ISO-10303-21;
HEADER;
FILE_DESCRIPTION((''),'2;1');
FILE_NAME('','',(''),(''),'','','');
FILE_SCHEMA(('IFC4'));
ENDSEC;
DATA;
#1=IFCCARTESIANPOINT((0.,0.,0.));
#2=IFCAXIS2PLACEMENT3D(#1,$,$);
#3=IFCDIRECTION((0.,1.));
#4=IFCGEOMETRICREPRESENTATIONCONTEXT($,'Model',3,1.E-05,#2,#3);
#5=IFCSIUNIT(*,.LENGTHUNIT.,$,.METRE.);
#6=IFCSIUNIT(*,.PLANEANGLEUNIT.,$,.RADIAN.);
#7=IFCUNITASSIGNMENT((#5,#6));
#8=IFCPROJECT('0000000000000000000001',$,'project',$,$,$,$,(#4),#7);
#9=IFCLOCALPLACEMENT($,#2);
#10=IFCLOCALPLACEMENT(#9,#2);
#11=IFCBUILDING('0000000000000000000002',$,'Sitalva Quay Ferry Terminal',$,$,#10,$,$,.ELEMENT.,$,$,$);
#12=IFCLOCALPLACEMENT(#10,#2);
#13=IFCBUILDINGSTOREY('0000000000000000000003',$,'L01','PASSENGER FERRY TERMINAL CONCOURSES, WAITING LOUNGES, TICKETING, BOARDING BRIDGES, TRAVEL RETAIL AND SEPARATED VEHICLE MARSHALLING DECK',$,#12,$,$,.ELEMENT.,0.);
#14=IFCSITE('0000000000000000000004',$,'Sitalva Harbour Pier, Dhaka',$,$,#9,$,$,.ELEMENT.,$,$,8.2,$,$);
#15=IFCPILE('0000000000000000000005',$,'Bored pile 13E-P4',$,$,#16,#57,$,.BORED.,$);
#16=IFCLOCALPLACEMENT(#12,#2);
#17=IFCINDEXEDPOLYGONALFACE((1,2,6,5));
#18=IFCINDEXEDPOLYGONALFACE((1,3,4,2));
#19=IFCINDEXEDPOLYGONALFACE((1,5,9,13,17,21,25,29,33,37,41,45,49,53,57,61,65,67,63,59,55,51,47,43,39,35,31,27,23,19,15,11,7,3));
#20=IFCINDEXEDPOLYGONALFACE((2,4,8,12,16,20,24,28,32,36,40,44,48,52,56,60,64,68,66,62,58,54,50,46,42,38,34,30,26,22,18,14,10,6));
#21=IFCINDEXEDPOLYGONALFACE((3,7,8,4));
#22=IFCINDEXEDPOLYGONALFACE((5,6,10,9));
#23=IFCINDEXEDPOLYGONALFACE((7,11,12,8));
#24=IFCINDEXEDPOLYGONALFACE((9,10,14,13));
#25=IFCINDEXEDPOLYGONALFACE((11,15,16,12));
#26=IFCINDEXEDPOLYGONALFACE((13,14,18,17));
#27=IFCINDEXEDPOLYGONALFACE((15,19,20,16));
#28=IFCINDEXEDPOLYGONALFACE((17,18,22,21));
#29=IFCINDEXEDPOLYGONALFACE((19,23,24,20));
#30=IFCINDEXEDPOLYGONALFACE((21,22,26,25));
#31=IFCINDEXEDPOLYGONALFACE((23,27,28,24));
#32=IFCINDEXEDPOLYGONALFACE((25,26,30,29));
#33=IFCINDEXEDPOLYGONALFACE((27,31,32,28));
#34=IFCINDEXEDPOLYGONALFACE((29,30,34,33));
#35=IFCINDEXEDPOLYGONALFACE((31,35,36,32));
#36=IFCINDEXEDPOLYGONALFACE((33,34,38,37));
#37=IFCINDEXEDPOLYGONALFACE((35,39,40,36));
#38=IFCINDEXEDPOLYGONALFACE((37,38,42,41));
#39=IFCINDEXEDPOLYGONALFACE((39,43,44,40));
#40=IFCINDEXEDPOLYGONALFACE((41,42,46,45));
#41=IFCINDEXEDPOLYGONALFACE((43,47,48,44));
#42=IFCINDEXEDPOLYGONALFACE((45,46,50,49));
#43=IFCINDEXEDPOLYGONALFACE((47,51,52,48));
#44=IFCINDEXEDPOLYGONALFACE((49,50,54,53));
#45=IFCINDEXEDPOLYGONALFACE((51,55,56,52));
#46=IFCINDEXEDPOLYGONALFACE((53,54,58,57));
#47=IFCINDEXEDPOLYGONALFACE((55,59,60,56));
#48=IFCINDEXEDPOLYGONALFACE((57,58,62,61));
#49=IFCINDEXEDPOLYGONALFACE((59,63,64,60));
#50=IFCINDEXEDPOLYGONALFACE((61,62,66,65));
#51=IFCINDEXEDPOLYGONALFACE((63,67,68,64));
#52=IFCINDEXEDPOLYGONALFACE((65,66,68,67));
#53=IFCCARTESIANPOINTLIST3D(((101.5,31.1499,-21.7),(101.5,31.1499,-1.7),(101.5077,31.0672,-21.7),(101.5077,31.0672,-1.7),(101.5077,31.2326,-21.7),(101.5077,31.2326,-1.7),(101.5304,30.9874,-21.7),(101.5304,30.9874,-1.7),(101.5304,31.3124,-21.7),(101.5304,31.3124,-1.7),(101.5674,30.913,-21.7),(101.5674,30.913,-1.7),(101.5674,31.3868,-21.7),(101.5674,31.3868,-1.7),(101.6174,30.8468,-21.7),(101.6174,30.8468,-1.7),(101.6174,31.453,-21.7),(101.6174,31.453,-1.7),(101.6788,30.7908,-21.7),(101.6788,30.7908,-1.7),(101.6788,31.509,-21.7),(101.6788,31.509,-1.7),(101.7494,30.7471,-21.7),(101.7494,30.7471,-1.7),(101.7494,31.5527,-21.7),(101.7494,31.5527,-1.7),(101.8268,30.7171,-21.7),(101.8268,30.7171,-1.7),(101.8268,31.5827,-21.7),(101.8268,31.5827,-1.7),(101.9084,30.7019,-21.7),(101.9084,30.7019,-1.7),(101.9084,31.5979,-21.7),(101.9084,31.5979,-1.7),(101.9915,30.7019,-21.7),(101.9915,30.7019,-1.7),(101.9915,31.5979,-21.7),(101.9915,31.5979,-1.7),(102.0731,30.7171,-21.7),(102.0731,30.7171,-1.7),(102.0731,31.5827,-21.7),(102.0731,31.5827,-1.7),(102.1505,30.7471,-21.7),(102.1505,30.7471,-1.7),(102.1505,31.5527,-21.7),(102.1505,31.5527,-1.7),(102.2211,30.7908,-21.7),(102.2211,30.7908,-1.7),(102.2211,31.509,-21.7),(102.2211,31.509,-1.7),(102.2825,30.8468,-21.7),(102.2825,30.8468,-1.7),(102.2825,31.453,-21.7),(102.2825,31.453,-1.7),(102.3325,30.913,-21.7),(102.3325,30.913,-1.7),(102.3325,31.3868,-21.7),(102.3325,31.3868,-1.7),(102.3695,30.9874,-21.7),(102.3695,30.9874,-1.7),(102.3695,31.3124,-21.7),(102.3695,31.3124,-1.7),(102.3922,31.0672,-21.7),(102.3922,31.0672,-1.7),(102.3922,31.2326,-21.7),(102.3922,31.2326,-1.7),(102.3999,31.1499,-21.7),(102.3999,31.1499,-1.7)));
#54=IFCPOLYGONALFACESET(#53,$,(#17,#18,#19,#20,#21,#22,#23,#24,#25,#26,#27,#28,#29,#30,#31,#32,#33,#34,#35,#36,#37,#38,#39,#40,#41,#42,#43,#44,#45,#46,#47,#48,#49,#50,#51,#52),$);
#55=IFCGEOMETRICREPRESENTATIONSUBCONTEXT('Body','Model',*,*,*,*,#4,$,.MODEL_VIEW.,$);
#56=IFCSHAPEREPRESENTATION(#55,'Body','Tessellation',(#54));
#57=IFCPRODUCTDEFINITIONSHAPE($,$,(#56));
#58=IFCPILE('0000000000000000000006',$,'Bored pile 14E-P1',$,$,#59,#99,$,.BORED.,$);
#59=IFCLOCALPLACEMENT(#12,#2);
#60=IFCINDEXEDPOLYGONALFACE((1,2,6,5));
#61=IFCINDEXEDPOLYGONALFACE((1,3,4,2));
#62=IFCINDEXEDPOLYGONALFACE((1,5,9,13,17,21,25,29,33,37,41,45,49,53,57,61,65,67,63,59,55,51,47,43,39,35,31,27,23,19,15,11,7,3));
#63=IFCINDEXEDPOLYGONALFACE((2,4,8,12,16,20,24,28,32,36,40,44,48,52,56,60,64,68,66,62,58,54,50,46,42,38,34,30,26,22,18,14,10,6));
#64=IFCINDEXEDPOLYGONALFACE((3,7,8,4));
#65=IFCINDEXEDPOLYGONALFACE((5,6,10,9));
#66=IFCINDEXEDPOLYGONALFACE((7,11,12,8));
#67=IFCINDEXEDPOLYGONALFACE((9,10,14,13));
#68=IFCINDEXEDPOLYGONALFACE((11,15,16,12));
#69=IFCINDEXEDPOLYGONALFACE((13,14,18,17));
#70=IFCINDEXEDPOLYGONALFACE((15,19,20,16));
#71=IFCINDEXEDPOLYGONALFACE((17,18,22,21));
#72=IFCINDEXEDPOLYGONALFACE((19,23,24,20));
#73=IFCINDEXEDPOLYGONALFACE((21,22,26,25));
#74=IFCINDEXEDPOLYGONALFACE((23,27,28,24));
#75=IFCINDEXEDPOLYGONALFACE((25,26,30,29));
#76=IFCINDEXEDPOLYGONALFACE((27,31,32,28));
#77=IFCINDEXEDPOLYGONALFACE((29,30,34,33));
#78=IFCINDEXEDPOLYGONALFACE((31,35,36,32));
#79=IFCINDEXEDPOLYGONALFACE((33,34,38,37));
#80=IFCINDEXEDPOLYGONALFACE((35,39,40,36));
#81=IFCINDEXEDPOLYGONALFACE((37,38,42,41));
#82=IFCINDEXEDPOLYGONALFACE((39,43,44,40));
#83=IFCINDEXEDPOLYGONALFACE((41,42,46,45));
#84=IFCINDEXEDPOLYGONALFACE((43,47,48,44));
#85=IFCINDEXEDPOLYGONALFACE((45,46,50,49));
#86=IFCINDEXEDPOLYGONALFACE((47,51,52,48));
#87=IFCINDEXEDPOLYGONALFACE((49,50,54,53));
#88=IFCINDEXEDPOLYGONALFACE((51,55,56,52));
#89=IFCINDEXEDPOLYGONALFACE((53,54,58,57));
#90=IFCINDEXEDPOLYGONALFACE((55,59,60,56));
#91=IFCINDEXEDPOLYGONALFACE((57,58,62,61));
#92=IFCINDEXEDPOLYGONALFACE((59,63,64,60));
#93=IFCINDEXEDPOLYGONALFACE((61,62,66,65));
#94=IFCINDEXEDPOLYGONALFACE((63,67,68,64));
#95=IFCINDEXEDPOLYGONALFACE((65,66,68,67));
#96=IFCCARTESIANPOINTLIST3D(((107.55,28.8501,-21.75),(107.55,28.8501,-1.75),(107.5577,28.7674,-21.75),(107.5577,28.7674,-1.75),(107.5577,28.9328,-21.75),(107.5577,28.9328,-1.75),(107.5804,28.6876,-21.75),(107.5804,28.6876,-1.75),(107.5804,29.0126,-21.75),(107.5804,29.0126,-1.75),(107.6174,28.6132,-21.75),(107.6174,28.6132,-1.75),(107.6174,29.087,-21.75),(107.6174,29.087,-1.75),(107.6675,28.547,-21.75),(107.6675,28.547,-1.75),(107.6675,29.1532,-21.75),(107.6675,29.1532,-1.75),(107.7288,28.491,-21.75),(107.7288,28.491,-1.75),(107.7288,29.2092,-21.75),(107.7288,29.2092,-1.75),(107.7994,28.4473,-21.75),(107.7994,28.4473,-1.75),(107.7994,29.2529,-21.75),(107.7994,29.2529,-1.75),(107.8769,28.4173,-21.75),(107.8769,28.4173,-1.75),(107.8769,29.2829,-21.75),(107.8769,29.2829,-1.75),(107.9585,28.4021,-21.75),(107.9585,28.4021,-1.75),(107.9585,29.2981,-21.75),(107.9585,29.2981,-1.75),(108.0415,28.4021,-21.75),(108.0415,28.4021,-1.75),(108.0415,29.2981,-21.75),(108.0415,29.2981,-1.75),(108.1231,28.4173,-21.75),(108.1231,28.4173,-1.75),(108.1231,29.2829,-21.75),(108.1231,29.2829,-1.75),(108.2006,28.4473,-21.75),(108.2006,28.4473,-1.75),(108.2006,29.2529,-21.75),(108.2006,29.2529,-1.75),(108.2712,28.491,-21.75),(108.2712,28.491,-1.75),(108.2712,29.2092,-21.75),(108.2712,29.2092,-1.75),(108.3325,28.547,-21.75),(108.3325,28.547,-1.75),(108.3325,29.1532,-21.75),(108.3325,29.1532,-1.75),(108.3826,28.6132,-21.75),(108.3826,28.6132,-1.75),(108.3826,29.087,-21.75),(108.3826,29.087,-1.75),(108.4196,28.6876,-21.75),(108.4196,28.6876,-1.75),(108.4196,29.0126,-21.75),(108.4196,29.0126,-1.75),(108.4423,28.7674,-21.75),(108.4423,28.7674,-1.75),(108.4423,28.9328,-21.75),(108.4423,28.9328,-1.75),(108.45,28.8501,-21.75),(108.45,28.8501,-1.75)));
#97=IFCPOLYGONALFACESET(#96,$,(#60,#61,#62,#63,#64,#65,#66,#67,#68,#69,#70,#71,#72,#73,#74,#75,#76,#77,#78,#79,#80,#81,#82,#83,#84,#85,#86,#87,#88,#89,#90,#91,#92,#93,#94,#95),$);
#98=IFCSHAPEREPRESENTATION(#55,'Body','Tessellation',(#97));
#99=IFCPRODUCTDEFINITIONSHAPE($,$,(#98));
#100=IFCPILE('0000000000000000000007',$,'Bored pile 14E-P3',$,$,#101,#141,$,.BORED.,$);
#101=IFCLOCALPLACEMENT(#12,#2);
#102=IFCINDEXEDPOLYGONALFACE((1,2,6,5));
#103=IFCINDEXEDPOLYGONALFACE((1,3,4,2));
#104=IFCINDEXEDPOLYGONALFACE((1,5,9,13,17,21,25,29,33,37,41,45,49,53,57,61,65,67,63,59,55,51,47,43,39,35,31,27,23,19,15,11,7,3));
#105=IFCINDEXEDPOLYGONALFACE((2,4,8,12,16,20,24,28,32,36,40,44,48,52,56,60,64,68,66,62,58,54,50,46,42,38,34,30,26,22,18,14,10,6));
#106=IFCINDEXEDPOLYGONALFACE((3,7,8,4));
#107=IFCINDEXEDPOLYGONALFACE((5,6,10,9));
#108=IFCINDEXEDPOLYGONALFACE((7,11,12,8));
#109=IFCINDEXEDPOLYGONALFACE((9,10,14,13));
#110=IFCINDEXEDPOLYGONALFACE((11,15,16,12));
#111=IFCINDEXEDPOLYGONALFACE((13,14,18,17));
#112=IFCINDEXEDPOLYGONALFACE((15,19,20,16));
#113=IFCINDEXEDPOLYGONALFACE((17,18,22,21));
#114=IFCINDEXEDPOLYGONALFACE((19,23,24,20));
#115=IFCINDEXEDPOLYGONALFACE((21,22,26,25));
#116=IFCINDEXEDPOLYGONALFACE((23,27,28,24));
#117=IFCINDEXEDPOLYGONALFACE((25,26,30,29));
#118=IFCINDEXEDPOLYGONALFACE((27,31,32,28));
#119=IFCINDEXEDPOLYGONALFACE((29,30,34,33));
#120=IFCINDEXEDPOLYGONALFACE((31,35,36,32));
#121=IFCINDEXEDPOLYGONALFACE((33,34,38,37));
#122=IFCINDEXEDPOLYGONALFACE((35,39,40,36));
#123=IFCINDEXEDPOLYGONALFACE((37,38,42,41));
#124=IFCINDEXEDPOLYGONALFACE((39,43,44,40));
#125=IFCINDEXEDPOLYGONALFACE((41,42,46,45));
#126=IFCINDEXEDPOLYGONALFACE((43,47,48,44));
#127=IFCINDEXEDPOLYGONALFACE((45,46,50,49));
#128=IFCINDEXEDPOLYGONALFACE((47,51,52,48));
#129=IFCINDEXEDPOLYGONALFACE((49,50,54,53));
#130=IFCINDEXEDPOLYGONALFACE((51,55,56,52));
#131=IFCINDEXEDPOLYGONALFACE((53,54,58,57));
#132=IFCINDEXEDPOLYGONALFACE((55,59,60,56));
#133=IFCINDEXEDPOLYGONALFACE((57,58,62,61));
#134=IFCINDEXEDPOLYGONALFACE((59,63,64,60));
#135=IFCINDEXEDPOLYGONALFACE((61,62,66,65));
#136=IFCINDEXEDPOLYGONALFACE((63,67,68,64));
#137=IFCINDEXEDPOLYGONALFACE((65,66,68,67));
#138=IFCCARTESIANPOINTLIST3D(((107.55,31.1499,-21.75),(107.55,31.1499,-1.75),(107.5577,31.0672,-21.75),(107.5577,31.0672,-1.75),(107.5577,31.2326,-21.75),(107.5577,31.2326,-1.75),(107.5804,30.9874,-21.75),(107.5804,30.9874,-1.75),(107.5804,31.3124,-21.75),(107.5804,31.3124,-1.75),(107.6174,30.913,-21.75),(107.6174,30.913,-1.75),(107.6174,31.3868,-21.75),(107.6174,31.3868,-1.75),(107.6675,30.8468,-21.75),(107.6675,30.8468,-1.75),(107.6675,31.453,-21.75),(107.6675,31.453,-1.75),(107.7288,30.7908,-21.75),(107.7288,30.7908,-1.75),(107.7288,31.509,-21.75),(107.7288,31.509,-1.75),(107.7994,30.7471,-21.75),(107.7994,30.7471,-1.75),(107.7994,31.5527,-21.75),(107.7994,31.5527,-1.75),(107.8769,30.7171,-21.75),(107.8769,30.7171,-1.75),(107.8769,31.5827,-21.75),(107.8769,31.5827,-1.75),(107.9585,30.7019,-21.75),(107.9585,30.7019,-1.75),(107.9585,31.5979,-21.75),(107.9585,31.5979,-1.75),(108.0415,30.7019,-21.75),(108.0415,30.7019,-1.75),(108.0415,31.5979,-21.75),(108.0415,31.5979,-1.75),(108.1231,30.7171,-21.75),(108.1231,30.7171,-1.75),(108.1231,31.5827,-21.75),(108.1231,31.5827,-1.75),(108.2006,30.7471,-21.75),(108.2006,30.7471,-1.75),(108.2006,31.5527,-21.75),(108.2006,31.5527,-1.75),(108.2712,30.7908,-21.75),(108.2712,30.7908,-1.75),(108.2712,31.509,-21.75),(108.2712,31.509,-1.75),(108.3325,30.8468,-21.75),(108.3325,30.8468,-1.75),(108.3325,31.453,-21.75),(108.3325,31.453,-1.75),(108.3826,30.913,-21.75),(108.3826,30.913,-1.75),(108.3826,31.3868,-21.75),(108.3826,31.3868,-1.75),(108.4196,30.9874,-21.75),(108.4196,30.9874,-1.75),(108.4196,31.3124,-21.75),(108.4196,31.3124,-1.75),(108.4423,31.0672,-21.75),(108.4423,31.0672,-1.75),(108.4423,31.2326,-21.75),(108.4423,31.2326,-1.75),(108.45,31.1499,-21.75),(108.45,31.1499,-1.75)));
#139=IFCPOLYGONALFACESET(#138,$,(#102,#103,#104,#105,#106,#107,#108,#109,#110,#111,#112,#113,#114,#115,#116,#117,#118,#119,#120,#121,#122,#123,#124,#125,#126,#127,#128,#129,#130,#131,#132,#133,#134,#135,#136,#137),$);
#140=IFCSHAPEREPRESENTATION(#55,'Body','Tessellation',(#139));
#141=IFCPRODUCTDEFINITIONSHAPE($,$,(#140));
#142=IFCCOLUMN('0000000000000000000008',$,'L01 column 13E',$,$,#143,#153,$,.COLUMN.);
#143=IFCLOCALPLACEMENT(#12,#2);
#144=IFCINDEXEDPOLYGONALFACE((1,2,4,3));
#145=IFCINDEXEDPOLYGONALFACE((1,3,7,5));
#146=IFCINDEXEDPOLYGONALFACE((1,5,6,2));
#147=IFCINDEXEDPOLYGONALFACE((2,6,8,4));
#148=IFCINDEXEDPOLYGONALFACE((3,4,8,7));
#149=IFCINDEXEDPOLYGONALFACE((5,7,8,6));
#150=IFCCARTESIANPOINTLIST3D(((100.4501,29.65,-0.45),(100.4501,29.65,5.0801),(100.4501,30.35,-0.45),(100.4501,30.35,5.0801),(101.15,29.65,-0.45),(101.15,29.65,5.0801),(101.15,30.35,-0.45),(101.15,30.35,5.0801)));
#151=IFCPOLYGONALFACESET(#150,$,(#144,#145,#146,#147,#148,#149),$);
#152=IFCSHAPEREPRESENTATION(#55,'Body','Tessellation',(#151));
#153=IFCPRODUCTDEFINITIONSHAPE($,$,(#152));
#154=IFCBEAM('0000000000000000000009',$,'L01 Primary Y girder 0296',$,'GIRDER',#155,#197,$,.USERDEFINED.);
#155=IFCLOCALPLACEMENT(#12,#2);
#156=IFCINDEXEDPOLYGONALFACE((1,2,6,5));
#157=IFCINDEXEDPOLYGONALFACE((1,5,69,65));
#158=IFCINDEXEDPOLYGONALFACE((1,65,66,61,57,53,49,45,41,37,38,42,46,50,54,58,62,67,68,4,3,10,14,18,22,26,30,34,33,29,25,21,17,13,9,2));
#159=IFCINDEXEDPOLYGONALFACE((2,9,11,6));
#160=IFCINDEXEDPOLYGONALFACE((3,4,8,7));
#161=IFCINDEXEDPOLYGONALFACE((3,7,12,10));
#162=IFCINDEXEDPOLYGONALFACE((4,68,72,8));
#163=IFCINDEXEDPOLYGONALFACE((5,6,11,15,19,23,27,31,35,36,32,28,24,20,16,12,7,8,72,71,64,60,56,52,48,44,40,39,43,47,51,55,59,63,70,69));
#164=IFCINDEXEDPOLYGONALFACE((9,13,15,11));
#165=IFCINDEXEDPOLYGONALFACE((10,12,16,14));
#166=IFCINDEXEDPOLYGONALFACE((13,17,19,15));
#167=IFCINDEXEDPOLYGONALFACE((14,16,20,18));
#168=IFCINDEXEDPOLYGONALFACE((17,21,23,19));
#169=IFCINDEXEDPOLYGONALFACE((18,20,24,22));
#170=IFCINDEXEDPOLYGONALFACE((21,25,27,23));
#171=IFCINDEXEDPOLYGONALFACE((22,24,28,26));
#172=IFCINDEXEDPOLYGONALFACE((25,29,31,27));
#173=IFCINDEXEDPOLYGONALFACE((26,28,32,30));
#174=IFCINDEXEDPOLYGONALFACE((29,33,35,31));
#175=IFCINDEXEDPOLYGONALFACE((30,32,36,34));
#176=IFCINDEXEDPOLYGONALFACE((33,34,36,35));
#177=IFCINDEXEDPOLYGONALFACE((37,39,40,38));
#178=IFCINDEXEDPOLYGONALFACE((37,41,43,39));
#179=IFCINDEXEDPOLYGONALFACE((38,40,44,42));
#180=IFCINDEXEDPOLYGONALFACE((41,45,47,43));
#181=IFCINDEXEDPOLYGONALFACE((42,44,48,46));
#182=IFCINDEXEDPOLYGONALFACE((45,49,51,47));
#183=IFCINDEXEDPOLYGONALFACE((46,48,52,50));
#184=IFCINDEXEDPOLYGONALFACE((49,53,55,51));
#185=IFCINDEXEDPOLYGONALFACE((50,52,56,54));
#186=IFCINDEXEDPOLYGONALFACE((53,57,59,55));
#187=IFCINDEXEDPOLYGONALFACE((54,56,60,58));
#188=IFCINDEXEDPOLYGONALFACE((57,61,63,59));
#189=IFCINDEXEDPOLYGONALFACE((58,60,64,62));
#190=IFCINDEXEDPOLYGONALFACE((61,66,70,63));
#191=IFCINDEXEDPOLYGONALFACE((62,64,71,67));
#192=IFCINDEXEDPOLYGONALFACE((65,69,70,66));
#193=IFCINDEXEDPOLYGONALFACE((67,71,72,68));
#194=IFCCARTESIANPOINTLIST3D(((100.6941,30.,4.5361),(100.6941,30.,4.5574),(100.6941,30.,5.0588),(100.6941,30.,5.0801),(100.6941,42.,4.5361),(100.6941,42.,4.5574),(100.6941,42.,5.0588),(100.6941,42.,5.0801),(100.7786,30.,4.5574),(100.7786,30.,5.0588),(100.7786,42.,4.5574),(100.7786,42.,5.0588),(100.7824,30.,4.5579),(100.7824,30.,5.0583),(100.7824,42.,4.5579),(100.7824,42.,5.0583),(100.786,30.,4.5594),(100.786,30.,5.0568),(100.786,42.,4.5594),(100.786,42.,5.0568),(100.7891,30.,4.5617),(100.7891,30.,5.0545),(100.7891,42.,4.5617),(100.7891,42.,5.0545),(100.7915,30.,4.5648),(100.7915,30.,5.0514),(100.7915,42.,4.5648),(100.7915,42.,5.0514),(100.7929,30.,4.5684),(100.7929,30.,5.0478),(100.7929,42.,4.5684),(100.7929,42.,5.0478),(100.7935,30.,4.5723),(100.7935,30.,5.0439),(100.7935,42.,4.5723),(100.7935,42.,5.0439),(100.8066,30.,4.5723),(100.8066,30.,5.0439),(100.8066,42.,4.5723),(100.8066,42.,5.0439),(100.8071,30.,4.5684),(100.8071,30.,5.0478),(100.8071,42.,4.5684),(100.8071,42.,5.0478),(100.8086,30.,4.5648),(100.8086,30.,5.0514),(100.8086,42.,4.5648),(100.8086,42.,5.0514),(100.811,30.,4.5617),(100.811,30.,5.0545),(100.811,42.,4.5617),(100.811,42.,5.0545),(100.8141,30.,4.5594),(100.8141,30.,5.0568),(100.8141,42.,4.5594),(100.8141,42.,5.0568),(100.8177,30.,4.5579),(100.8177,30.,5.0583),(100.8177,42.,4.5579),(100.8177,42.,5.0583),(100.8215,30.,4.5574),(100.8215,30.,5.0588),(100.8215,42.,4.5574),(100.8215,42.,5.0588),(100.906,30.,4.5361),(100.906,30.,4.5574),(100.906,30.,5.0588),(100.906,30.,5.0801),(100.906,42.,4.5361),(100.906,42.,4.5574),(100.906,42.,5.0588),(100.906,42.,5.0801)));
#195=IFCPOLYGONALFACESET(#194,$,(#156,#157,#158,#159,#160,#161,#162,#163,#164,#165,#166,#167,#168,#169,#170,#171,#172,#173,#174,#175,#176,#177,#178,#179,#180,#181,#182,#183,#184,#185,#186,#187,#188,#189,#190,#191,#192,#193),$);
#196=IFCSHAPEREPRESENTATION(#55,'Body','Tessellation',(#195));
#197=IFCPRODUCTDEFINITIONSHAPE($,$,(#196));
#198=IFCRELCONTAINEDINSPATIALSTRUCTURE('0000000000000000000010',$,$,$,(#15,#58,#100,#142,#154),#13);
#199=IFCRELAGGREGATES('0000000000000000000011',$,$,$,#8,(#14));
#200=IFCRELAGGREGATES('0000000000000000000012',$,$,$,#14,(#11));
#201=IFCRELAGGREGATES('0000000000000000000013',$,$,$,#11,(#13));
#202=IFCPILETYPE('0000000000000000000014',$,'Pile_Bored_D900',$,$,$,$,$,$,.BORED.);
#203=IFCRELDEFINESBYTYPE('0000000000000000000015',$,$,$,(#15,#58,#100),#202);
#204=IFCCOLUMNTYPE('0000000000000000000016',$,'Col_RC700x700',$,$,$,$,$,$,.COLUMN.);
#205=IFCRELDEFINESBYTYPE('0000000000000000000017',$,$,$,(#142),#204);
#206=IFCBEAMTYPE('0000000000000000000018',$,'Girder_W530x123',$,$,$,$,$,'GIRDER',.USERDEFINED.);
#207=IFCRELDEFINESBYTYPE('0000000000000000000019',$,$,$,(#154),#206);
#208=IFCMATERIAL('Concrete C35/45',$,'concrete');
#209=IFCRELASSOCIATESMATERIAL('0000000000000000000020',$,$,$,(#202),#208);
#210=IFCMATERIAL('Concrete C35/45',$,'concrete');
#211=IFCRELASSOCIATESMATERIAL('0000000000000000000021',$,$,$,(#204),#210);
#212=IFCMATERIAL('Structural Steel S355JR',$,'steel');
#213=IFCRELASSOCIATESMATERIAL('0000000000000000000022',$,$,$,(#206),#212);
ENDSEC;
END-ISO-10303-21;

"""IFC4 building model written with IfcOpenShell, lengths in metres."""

from ifc_helpers import new_model, si_unit, direction, frame, origin, origin_2d, place, context, subcontext, project, spatial, rectangle, circle, i_section, extrude, material, material_profile, profile_set, type_object, element, save


model = new_model("IFC4")

# Units and contexts
model_context = context("Model", 3, precision=1e-05, world=origin(), true_north=direction((0.0, 1.0)))
body_context = subcontext(model_context, "Body", "Model", "MODEL_VIEW")
ifc_project = project(units=[si_unit("LENGTHUNIT", "METRE"), si_unit("PLANEANGLEUNIT", "RADIAN")], contexts=[model_context])

# Site, building, storey
site_placement = place(None, origin())
site = spatial("IfcSite", under=ifc_project, at=site_placement, Name="Sitalva Harbour Pier, Dhaka", CompositionType="ELEMENT", RefElevation=8.2)
building_placement = place(site_placement, origin())
building = spatial("IfcBuilding", under=site, at=building_placement, Name="Sitalva Quay Ferry Terminal", CompositionType="ELEMENT")
storey_placement = place(building_placement, origin())
storey = spatial("IfcBuildingStorey", under=building, at=storey_placement, Name="L01", Description="PASSENGER FERRY TERMINAL CONCOURSES, WAITING LOUNGES, TICKETING, BOARDING BRIDGES, TRAVEL RETAIL AND SEPARATED VEHICLE MARSHALLING DECK", CompositionType="ELEMENT", Elevation=0.0)

# Piles
ifc_material_1 = material(Name="Concrete C35/45", Category="concrete")
ifc_material_profile_1 = material_profile(ifc_material_1, circle(Radius=0.45, at=origin_2d()), Name="PILE-D900")
ifc_profile_set_1 = profile_set([ifc_material_profile_1], Name="Concrete C35/45")
pile_type = type_object("IfcPileType", Name="Pile_Bored_D900", PredefinedType="BORED", material=ifc_profile_set_1)
for number, where, z_axis, x_axis, name in (
    (1, (101.95, 31.1499, -1.7), (0.0, 0.0, -1.0), (1.0, 0.0, 0.0), "Bored pile 13E-P4"),
    (2, (108.0, 28.8501, -1.75), (0.0, 0.0, -1.0), (1.0, 0.0, 0.0), "Bored pile 14E-P1"),
    (3, (108.0, 31.1499, -1.75), (0.0, 0.0, -1.0), (1.0, 0.0, 0.0), "Bored pile 14E-P3"),
):
    element("IfcPile", number, at=place(storey_placement, frame(where, z_axis=z_axis, x_axis=x_axis)), inside=storey, type_object=pile_type, Name=name, PredefinedType="BORED", context=body_context, shape_type="SweptSolid", body=[
        extrude(circle(Radius=0.45, at=origin_2d()), origin(), (0.0, 0.0, 1.0), 20.0),
    ])

# Column
ifc_material_2 = material(Name="Concrete C35/45", Category="concrete")
ifc_material_profile_2 = material_profile(ifc_material_2, rectangle(XDim=0.7, YDim=0.7, at=origin_2d()), Name="RC700x700")
ifc_profile_set_2 = profile_set([ifc_material_profile_2], Name="Concrete C35/45")
column_type = type_object("IfcColumnType", Name="Col_RC700x700", PredefinedType="COLUMN", material=ifc_profile_set_2)
column_placement = place(storey_placement, frame((100.8, 30.0, -0.45), z_axis=(0.0, 0.0, 1.0), x_axis=(1.0, 0.0, 0.0)))
element("IfcColumn", 4, at=column_placement, inside=storey, type_object=column_type, Name="L01 column 13E", PredefinedType="COLUMN", context=body_context, shape_type="SweptSolid", body=[
    extrude(rectangle(XDim=0.7, YDim=0.7, at=origin_2d()), origin(), (0.0, 0.0, 1.0), 5.53),
])

# Beam
ifc_material_3 = material(Name="Structural Steel S355JR", Category="steel")
ifc_material_profile_3 = material_profile(ifc_material_3, i_section(OverallWidth=0.2119, OverallDepth=0.5439, WebThickness=0.0132, FlangeThickness=0.0212, FilletRadius=0.0149, at=origin_2d()), Name="W530x123")
ifc_profile_set_3 = profile_set([ifc_material_profile_3], Name="Structural Steel S355JR")
beam_type_1 = type_object("IfcBeamType", Name="Girder_W530x123", ElementType="GIRDER", PredefinedType="USERDEFINED", material=ifc_profile_set_3)
beam_1_placement = place(storey_placement, frame((100.8, 30.0, 4.8081), z_axis=(0.0, 1.0, 0.0), x_axis=(-1.0, 0.0, 0.0)))
element("IfcBeam", 5, at=beam_1_placement, inside=storey, type_object=beam_type_1, Name="L01 Primary Y girder 0296", ObjectType="GIRDER", PredefinedType="USERDEFINED", context=body_context, shape_type="SweptSolid", body=[
    extrude(i_section(OverallWidth=0.2119, OverallDepth=0.5439, WebThickness=0.0132, FlangeThickness=0.0212, FilletRadius=0.0149, at=origin_2d()), origin(), (0.0, 0.0, 1.0), 12.0),
])

save(model, "model.ifc")
